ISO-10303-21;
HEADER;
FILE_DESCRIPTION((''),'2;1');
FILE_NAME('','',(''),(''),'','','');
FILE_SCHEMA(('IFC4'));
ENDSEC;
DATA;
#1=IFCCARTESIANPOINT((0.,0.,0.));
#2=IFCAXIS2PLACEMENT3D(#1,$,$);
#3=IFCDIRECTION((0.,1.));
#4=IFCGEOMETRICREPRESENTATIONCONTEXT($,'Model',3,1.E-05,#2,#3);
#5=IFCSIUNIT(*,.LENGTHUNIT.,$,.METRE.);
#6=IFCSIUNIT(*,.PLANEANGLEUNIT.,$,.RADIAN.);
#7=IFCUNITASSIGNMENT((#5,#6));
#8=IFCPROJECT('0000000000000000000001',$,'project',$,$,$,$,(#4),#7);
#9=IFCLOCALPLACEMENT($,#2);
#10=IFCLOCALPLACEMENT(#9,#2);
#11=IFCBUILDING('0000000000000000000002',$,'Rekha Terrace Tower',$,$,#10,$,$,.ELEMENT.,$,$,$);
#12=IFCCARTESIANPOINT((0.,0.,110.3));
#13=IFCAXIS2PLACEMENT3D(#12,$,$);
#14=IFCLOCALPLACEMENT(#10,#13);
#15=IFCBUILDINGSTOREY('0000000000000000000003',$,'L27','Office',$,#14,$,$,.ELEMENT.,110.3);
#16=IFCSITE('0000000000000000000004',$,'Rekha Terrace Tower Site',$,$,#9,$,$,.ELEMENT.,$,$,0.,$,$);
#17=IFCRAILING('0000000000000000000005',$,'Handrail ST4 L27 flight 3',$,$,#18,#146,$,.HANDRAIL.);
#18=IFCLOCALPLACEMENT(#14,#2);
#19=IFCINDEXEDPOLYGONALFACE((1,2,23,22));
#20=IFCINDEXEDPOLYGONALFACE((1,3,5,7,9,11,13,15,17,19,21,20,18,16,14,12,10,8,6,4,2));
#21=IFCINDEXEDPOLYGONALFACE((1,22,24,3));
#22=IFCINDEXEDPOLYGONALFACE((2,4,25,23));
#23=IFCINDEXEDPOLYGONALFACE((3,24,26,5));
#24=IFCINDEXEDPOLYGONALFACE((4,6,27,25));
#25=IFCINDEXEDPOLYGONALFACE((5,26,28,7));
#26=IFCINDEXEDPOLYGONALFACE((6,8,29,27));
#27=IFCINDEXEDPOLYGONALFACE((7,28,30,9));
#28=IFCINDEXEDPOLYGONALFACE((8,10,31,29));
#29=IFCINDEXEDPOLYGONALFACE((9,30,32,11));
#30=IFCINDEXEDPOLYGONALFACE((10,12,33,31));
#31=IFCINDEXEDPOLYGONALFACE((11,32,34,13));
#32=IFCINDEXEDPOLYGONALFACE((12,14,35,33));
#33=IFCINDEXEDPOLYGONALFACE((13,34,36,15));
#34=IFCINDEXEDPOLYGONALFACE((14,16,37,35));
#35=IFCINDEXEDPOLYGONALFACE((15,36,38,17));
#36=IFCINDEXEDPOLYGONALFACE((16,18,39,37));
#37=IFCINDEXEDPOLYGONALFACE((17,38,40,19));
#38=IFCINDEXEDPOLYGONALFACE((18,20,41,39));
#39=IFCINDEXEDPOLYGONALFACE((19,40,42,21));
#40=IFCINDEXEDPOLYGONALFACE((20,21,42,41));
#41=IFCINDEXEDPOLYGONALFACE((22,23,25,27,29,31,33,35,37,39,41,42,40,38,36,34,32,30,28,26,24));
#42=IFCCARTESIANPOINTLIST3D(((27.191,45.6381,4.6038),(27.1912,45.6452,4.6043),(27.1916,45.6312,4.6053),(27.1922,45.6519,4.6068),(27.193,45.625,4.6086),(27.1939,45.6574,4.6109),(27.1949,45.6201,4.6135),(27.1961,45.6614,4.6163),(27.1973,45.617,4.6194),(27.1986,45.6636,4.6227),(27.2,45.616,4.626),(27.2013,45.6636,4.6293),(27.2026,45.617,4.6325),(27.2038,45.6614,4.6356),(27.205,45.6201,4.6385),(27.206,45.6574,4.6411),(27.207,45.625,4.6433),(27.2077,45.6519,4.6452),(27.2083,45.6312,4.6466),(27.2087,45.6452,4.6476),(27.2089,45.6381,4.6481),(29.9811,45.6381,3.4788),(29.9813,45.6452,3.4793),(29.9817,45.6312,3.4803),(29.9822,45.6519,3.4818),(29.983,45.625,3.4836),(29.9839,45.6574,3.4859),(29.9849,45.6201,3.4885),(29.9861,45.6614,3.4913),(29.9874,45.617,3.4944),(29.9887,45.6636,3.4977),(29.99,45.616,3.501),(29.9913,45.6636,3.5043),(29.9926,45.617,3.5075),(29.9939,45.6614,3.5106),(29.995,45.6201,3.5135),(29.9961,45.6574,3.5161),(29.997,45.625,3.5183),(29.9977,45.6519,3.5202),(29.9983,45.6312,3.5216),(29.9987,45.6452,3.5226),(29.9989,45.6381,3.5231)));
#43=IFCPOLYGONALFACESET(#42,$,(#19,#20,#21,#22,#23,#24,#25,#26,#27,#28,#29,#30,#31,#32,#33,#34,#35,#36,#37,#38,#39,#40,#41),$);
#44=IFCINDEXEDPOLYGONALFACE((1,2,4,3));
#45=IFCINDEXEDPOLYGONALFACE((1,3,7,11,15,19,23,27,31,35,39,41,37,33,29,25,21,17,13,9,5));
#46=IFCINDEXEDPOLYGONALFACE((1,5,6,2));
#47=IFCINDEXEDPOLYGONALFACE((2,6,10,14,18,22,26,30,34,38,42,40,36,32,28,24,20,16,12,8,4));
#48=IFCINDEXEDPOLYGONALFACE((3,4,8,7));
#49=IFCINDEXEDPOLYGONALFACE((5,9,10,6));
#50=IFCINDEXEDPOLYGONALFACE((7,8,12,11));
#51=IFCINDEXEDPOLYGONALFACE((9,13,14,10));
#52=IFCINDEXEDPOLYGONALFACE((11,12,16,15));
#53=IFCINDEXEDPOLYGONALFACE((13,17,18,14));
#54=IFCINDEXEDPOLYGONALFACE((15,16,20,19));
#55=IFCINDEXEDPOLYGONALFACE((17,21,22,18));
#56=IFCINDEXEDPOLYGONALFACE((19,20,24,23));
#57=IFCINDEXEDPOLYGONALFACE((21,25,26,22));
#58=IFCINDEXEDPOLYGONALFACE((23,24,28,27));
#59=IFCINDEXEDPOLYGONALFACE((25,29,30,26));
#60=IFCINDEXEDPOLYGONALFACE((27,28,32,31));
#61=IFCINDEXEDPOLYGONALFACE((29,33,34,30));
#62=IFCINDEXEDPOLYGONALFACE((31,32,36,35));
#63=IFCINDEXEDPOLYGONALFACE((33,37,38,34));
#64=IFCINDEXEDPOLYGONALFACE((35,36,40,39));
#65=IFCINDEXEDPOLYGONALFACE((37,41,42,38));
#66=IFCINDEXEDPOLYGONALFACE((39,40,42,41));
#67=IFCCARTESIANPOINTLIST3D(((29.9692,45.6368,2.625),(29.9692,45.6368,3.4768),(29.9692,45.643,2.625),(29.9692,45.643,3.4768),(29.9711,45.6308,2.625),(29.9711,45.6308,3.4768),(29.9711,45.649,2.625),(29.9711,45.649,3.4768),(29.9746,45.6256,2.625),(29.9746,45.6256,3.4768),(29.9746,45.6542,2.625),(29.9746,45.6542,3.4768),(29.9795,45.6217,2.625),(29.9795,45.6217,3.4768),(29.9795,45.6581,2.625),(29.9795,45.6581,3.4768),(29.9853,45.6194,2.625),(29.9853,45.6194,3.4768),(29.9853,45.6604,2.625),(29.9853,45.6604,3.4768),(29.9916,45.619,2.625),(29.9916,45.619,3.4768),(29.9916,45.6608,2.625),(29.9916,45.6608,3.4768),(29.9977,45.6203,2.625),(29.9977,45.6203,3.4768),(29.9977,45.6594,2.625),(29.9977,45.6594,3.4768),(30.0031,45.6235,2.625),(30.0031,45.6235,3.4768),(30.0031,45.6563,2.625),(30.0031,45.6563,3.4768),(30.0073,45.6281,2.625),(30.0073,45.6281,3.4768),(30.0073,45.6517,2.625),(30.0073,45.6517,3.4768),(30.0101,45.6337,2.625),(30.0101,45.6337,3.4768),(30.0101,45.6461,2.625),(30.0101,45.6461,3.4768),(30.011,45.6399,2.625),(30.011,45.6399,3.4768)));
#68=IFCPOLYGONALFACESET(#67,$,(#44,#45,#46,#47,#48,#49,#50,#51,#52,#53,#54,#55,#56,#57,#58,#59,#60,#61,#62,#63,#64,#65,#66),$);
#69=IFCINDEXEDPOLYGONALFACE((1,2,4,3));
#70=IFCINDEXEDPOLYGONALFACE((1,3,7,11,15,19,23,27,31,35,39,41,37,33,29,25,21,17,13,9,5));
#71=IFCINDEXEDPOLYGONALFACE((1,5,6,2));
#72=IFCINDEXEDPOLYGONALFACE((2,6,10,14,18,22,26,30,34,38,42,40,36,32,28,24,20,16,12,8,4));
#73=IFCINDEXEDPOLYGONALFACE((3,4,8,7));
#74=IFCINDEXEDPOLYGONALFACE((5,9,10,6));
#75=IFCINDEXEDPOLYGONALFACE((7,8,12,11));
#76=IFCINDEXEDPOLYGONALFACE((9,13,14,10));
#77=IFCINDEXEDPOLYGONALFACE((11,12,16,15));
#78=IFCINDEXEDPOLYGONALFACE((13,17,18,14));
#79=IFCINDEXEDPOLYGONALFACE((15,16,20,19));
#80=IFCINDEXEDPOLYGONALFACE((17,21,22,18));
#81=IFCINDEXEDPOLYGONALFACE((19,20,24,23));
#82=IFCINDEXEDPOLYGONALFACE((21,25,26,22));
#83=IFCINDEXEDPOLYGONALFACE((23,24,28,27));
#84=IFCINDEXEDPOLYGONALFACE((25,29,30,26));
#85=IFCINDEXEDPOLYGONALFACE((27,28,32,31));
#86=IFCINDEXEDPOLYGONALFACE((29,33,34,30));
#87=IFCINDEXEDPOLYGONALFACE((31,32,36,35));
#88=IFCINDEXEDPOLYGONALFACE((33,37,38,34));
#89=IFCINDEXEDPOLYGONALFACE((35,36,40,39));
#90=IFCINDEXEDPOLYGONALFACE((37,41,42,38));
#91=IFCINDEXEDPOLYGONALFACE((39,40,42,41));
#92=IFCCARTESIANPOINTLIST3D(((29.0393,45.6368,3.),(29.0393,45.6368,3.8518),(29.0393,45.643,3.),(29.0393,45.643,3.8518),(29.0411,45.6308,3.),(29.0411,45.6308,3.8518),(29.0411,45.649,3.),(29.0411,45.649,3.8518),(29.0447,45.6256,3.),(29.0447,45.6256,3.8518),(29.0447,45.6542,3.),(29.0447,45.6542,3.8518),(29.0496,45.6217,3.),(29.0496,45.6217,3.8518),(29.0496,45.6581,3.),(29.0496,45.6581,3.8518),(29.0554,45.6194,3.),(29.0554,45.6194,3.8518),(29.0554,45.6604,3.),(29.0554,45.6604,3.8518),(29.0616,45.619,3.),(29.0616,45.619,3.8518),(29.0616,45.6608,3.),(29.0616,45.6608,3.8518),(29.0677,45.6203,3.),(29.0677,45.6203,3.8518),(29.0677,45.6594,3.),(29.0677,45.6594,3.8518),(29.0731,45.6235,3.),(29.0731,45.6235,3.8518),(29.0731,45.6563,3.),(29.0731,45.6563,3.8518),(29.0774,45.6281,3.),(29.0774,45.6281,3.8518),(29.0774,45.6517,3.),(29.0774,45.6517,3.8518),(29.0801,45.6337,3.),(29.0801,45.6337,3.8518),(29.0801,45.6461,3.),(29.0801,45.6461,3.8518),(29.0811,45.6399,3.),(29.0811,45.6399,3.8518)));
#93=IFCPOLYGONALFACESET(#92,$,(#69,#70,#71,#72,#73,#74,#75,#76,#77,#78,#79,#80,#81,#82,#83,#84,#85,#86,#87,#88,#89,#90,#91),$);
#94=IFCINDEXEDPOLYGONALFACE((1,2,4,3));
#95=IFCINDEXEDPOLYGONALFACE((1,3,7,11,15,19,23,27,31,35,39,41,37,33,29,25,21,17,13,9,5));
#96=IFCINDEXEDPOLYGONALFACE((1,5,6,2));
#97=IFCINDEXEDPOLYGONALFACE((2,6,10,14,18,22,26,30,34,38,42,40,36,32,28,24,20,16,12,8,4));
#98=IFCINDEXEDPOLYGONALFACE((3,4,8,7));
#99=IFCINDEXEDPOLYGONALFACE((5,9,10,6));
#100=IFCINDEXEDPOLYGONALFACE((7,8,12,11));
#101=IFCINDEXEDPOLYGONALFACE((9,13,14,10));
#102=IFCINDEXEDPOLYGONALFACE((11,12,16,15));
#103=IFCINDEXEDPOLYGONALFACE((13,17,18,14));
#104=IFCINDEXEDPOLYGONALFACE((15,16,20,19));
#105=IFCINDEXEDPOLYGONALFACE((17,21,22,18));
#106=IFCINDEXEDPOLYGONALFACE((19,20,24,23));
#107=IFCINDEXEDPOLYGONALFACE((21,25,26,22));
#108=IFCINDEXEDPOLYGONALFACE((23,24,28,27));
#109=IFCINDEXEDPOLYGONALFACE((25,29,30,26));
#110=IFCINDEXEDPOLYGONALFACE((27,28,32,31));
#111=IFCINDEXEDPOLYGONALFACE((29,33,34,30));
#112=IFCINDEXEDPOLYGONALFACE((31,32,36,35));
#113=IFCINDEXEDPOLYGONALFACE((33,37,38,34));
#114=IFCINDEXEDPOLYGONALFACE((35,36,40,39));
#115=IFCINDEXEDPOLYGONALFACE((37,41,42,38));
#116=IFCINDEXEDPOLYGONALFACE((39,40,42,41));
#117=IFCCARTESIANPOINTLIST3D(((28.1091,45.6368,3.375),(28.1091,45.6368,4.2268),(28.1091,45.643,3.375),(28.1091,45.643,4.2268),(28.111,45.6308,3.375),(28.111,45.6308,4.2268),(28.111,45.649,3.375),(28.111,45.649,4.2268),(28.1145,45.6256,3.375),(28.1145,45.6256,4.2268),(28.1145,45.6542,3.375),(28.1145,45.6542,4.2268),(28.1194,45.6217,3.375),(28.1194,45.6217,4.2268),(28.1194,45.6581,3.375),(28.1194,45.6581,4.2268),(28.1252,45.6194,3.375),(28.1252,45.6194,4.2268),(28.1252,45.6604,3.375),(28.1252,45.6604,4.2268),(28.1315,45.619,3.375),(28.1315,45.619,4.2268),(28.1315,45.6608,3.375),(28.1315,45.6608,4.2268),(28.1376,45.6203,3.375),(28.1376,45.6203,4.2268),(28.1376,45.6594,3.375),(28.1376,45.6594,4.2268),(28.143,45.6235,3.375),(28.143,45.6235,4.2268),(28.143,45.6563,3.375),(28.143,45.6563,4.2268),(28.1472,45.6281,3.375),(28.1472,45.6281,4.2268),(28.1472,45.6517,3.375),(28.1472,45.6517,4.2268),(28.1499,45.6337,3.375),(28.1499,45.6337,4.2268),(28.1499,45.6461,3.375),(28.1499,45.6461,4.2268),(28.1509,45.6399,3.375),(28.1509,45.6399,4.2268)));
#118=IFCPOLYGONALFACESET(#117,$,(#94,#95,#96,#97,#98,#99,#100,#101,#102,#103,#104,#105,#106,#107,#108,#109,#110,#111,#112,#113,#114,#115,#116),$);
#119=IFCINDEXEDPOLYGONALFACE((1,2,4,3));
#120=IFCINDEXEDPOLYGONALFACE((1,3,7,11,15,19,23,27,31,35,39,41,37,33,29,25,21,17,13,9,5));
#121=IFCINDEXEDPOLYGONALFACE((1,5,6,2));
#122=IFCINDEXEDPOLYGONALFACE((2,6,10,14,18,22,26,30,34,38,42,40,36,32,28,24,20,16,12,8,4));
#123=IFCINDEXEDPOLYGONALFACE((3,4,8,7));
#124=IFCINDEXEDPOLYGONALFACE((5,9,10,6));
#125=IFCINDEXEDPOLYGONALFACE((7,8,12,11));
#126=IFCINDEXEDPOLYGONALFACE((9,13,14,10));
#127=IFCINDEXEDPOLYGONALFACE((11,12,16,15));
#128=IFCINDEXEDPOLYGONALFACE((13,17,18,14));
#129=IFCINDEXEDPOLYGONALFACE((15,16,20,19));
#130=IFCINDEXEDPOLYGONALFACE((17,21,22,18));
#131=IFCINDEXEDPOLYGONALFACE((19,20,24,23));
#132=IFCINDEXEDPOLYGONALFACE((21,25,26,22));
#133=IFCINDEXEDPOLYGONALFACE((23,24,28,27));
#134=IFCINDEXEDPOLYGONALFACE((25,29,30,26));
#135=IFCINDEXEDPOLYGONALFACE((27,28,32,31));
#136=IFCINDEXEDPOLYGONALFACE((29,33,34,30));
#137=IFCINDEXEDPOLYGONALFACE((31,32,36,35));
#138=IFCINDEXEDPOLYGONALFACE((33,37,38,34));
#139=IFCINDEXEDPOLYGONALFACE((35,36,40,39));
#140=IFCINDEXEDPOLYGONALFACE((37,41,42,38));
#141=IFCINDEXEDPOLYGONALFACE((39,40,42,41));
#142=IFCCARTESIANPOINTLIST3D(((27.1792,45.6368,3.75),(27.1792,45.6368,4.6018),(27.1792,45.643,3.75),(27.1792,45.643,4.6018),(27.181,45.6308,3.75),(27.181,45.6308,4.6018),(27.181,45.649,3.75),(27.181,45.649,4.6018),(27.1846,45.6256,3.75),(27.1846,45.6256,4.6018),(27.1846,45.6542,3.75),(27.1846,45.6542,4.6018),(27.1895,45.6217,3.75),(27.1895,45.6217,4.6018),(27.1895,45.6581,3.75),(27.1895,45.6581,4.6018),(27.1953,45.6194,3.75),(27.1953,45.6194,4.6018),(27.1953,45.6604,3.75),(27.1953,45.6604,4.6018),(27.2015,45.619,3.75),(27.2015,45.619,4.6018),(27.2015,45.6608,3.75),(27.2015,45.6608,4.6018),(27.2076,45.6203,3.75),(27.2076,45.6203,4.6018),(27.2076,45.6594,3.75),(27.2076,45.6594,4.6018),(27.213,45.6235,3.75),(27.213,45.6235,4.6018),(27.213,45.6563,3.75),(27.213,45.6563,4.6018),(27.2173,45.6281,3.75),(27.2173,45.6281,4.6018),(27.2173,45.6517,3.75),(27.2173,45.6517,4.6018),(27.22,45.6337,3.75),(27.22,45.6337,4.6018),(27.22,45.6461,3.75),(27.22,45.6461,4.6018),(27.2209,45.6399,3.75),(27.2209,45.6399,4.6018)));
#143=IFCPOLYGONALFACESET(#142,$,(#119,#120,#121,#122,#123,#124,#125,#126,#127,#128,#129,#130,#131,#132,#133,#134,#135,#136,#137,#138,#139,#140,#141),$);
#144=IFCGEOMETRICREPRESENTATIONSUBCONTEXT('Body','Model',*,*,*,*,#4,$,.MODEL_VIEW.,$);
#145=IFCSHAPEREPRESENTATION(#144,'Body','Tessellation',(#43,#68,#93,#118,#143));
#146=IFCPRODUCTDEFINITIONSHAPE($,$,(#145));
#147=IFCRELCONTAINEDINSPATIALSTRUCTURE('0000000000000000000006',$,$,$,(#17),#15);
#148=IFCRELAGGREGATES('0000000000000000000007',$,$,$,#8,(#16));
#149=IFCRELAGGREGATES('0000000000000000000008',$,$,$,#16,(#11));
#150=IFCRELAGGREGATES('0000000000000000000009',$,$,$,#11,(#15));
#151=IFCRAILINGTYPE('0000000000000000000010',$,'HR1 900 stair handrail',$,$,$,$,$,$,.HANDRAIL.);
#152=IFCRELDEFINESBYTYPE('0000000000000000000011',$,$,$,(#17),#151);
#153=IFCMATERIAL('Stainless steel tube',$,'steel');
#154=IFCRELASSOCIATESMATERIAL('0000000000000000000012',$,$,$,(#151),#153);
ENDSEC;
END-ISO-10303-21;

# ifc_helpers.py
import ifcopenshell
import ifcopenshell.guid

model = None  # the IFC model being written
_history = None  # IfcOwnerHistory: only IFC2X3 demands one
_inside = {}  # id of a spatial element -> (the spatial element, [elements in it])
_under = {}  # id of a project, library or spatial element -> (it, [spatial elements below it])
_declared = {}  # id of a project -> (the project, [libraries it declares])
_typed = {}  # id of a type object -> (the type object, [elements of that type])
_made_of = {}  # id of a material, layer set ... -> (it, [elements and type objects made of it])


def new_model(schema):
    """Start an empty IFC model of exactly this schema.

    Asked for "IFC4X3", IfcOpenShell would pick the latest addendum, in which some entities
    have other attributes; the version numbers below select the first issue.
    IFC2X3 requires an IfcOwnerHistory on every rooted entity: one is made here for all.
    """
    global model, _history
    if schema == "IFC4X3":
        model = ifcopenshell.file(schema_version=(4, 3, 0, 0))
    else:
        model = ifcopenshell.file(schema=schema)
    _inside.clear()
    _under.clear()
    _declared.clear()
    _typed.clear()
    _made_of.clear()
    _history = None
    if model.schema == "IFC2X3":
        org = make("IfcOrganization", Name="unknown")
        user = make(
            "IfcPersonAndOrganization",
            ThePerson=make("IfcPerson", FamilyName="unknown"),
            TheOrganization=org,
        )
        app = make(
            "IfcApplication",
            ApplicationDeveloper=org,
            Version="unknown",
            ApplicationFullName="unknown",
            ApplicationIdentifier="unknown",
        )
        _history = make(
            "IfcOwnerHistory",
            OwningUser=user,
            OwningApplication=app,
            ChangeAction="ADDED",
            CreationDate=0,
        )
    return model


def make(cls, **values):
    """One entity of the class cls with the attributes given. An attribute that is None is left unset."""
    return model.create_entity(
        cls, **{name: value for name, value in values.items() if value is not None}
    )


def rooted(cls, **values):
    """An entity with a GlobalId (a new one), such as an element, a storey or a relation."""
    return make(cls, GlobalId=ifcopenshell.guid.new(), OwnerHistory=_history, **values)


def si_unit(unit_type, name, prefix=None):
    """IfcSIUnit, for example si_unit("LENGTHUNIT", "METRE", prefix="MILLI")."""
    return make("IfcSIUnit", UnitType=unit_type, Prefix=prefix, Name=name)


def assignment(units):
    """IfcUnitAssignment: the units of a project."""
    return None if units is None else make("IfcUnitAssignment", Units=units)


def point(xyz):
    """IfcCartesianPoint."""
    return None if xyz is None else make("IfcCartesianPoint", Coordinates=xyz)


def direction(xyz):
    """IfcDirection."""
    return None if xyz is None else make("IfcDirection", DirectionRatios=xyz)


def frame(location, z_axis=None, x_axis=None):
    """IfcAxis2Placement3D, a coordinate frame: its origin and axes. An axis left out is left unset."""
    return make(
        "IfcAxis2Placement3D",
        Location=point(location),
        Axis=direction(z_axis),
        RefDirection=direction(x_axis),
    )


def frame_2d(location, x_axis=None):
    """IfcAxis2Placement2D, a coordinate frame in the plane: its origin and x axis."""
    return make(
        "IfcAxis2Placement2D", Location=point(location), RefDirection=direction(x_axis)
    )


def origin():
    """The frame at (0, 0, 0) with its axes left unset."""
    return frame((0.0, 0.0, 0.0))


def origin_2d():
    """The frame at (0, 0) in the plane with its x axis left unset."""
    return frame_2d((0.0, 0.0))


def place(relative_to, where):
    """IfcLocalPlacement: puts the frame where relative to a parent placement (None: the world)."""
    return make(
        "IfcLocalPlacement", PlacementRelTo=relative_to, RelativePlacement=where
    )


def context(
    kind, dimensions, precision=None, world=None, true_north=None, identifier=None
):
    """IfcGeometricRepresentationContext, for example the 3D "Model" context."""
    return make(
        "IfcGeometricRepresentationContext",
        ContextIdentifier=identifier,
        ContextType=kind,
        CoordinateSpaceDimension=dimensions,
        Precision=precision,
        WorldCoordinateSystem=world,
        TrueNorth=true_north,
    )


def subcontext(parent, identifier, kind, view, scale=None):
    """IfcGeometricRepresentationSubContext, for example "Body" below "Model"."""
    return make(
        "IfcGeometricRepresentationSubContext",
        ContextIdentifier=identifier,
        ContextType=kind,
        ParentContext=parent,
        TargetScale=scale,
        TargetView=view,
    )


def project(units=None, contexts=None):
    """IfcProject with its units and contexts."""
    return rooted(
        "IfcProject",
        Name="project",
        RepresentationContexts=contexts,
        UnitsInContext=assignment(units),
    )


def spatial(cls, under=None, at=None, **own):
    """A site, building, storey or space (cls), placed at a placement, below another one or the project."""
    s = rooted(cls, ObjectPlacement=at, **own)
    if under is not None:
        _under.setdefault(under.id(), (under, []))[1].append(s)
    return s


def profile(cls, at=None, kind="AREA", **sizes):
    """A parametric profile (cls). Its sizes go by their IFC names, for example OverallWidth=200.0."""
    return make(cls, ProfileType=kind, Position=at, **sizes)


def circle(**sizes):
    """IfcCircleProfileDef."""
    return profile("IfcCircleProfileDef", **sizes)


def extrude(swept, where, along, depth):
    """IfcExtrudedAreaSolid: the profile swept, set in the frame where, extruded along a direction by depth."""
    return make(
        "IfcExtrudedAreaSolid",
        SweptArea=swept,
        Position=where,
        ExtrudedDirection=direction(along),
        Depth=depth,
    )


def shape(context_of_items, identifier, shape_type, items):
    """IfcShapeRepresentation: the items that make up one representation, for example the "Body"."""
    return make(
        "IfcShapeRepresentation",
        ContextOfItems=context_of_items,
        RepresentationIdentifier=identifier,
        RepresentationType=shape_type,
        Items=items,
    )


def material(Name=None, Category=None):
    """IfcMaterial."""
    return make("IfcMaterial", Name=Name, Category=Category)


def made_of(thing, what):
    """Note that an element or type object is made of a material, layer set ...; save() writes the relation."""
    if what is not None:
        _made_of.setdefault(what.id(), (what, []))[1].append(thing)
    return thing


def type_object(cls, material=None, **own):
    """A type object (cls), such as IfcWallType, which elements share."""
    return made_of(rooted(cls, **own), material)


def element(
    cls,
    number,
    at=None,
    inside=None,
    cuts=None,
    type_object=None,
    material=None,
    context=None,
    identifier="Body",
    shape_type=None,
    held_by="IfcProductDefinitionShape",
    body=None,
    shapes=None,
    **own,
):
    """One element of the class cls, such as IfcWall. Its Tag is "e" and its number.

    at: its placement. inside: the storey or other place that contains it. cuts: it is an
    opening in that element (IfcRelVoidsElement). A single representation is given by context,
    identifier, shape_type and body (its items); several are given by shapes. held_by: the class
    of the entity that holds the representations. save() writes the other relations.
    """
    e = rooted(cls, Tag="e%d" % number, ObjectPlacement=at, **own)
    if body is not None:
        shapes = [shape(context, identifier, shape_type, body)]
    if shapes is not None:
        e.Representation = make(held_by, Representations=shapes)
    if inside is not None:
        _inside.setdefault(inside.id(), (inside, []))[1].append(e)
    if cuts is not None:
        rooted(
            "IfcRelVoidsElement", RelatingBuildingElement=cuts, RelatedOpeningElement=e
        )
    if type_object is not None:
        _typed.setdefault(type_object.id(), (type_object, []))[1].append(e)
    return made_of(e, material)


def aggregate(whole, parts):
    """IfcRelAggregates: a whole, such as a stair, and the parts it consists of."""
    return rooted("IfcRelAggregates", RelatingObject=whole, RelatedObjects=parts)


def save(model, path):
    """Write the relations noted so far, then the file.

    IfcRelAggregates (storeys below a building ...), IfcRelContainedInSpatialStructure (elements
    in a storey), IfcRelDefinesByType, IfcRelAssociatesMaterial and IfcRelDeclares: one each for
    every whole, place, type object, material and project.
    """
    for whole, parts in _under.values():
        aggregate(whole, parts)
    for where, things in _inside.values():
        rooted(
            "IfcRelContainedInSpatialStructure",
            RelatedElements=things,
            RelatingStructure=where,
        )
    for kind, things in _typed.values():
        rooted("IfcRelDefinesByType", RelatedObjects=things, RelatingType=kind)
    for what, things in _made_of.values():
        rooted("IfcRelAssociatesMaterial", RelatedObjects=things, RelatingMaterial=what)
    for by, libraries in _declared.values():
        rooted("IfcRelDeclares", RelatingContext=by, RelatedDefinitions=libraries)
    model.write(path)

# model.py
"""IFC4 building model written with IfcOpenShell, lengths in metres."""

from ifc_helpers import new_model, si_unit, direction, frame, origin, origin_2d, place, context, subcontext, project, spatial, circle, extrude, material, type_object, element, save


model = new_model("IFC4")

# Units and contexts
model_context = context("Model", 3, precision=1e-05, world=origin(), true_north=direction((0.0, 1.0)))
body_context = subcontext(model_context, "Body", "Model", "MODEL_VIEW")
ifc_project = project(units=[si_unit("LENGTHUNIT", "METRE"), si_unit("PLANEANGLEUNIT", "RADIAN")], contexts=[model_context])

# Site, building, storey
site_placement = place(None, origin())
site = spatial("IfcSite", under=ifc_project, at=site_placement, Name="Rekha Terrace Tower Site", CompositionType="ELEMENT", RefElevation=0.0)
building_placement = place(site_placement, origin())
building = spatial("IfcBuilding", under=site, at=building_placement, Name="Rekha Terrace Tower", CompositionType="ELEMENT")
storey_placement = place(building_placement, frame((0.0, 0.0, 110.3)))
storey = spatial("IfcBuildingStorey", under=building, at=storey_placement, Name="L27", Description="Office", CompositionType="ELEMENT", Elevation=110.3)

# Railing
ifc_material_1 = material(Name="Stainless steel tube", Category="steel")
railing_type_1 = type_object("IfcRailingType", Name="HR1 900 stair handrail", PredefinedType="HANDRAIL", material=ifc_material_1)
railing_1_placement = place(storey_placement, frame((29.99, 45.6399, 2.625)))
element("IfcRailing", 1, at=railing_1_placement, inside=storey, type_object=railing_type_1, Name="Handrail ST4 L27 flight 3", PredefinedType="HANDRAIL", context=body_context, shape_type="SweptSolid", body=[
    extrude(circle(Radius=0.0239, at=origin_2d()), frame((0.0, 0.0, 0.876), z_axis=(-0.927443, 0.0, 0.373964), x_axis=(0.0, -1.0, 0.0)), (0.0, 0.0, 1.0), 3.0083),
    extrude(circle(Radius=0.021, at=origin_2d()), origin(), (0.0, 0.0, 1.0), 0.8518),
    extrude(circle(Radius=0.021, at=origin_2d()), frame((-0.9299, 0.0, 0.375)), (0.0, 0.0, 1.0), 0.8518),
    extrude(circle(Radius=0.021, at=origin_2d()), frame((-1.8601, 0.0, 0.75)), (0.0, 0.0, 1.0), 0.8518),
    extrude(circle(Radius=0.021, at=origin_2d()), frame((-2.79, 0.0, 1.125)), (0.0, 0.0, 1.0), 0.8518),
])

save(model, "model.ifc")
